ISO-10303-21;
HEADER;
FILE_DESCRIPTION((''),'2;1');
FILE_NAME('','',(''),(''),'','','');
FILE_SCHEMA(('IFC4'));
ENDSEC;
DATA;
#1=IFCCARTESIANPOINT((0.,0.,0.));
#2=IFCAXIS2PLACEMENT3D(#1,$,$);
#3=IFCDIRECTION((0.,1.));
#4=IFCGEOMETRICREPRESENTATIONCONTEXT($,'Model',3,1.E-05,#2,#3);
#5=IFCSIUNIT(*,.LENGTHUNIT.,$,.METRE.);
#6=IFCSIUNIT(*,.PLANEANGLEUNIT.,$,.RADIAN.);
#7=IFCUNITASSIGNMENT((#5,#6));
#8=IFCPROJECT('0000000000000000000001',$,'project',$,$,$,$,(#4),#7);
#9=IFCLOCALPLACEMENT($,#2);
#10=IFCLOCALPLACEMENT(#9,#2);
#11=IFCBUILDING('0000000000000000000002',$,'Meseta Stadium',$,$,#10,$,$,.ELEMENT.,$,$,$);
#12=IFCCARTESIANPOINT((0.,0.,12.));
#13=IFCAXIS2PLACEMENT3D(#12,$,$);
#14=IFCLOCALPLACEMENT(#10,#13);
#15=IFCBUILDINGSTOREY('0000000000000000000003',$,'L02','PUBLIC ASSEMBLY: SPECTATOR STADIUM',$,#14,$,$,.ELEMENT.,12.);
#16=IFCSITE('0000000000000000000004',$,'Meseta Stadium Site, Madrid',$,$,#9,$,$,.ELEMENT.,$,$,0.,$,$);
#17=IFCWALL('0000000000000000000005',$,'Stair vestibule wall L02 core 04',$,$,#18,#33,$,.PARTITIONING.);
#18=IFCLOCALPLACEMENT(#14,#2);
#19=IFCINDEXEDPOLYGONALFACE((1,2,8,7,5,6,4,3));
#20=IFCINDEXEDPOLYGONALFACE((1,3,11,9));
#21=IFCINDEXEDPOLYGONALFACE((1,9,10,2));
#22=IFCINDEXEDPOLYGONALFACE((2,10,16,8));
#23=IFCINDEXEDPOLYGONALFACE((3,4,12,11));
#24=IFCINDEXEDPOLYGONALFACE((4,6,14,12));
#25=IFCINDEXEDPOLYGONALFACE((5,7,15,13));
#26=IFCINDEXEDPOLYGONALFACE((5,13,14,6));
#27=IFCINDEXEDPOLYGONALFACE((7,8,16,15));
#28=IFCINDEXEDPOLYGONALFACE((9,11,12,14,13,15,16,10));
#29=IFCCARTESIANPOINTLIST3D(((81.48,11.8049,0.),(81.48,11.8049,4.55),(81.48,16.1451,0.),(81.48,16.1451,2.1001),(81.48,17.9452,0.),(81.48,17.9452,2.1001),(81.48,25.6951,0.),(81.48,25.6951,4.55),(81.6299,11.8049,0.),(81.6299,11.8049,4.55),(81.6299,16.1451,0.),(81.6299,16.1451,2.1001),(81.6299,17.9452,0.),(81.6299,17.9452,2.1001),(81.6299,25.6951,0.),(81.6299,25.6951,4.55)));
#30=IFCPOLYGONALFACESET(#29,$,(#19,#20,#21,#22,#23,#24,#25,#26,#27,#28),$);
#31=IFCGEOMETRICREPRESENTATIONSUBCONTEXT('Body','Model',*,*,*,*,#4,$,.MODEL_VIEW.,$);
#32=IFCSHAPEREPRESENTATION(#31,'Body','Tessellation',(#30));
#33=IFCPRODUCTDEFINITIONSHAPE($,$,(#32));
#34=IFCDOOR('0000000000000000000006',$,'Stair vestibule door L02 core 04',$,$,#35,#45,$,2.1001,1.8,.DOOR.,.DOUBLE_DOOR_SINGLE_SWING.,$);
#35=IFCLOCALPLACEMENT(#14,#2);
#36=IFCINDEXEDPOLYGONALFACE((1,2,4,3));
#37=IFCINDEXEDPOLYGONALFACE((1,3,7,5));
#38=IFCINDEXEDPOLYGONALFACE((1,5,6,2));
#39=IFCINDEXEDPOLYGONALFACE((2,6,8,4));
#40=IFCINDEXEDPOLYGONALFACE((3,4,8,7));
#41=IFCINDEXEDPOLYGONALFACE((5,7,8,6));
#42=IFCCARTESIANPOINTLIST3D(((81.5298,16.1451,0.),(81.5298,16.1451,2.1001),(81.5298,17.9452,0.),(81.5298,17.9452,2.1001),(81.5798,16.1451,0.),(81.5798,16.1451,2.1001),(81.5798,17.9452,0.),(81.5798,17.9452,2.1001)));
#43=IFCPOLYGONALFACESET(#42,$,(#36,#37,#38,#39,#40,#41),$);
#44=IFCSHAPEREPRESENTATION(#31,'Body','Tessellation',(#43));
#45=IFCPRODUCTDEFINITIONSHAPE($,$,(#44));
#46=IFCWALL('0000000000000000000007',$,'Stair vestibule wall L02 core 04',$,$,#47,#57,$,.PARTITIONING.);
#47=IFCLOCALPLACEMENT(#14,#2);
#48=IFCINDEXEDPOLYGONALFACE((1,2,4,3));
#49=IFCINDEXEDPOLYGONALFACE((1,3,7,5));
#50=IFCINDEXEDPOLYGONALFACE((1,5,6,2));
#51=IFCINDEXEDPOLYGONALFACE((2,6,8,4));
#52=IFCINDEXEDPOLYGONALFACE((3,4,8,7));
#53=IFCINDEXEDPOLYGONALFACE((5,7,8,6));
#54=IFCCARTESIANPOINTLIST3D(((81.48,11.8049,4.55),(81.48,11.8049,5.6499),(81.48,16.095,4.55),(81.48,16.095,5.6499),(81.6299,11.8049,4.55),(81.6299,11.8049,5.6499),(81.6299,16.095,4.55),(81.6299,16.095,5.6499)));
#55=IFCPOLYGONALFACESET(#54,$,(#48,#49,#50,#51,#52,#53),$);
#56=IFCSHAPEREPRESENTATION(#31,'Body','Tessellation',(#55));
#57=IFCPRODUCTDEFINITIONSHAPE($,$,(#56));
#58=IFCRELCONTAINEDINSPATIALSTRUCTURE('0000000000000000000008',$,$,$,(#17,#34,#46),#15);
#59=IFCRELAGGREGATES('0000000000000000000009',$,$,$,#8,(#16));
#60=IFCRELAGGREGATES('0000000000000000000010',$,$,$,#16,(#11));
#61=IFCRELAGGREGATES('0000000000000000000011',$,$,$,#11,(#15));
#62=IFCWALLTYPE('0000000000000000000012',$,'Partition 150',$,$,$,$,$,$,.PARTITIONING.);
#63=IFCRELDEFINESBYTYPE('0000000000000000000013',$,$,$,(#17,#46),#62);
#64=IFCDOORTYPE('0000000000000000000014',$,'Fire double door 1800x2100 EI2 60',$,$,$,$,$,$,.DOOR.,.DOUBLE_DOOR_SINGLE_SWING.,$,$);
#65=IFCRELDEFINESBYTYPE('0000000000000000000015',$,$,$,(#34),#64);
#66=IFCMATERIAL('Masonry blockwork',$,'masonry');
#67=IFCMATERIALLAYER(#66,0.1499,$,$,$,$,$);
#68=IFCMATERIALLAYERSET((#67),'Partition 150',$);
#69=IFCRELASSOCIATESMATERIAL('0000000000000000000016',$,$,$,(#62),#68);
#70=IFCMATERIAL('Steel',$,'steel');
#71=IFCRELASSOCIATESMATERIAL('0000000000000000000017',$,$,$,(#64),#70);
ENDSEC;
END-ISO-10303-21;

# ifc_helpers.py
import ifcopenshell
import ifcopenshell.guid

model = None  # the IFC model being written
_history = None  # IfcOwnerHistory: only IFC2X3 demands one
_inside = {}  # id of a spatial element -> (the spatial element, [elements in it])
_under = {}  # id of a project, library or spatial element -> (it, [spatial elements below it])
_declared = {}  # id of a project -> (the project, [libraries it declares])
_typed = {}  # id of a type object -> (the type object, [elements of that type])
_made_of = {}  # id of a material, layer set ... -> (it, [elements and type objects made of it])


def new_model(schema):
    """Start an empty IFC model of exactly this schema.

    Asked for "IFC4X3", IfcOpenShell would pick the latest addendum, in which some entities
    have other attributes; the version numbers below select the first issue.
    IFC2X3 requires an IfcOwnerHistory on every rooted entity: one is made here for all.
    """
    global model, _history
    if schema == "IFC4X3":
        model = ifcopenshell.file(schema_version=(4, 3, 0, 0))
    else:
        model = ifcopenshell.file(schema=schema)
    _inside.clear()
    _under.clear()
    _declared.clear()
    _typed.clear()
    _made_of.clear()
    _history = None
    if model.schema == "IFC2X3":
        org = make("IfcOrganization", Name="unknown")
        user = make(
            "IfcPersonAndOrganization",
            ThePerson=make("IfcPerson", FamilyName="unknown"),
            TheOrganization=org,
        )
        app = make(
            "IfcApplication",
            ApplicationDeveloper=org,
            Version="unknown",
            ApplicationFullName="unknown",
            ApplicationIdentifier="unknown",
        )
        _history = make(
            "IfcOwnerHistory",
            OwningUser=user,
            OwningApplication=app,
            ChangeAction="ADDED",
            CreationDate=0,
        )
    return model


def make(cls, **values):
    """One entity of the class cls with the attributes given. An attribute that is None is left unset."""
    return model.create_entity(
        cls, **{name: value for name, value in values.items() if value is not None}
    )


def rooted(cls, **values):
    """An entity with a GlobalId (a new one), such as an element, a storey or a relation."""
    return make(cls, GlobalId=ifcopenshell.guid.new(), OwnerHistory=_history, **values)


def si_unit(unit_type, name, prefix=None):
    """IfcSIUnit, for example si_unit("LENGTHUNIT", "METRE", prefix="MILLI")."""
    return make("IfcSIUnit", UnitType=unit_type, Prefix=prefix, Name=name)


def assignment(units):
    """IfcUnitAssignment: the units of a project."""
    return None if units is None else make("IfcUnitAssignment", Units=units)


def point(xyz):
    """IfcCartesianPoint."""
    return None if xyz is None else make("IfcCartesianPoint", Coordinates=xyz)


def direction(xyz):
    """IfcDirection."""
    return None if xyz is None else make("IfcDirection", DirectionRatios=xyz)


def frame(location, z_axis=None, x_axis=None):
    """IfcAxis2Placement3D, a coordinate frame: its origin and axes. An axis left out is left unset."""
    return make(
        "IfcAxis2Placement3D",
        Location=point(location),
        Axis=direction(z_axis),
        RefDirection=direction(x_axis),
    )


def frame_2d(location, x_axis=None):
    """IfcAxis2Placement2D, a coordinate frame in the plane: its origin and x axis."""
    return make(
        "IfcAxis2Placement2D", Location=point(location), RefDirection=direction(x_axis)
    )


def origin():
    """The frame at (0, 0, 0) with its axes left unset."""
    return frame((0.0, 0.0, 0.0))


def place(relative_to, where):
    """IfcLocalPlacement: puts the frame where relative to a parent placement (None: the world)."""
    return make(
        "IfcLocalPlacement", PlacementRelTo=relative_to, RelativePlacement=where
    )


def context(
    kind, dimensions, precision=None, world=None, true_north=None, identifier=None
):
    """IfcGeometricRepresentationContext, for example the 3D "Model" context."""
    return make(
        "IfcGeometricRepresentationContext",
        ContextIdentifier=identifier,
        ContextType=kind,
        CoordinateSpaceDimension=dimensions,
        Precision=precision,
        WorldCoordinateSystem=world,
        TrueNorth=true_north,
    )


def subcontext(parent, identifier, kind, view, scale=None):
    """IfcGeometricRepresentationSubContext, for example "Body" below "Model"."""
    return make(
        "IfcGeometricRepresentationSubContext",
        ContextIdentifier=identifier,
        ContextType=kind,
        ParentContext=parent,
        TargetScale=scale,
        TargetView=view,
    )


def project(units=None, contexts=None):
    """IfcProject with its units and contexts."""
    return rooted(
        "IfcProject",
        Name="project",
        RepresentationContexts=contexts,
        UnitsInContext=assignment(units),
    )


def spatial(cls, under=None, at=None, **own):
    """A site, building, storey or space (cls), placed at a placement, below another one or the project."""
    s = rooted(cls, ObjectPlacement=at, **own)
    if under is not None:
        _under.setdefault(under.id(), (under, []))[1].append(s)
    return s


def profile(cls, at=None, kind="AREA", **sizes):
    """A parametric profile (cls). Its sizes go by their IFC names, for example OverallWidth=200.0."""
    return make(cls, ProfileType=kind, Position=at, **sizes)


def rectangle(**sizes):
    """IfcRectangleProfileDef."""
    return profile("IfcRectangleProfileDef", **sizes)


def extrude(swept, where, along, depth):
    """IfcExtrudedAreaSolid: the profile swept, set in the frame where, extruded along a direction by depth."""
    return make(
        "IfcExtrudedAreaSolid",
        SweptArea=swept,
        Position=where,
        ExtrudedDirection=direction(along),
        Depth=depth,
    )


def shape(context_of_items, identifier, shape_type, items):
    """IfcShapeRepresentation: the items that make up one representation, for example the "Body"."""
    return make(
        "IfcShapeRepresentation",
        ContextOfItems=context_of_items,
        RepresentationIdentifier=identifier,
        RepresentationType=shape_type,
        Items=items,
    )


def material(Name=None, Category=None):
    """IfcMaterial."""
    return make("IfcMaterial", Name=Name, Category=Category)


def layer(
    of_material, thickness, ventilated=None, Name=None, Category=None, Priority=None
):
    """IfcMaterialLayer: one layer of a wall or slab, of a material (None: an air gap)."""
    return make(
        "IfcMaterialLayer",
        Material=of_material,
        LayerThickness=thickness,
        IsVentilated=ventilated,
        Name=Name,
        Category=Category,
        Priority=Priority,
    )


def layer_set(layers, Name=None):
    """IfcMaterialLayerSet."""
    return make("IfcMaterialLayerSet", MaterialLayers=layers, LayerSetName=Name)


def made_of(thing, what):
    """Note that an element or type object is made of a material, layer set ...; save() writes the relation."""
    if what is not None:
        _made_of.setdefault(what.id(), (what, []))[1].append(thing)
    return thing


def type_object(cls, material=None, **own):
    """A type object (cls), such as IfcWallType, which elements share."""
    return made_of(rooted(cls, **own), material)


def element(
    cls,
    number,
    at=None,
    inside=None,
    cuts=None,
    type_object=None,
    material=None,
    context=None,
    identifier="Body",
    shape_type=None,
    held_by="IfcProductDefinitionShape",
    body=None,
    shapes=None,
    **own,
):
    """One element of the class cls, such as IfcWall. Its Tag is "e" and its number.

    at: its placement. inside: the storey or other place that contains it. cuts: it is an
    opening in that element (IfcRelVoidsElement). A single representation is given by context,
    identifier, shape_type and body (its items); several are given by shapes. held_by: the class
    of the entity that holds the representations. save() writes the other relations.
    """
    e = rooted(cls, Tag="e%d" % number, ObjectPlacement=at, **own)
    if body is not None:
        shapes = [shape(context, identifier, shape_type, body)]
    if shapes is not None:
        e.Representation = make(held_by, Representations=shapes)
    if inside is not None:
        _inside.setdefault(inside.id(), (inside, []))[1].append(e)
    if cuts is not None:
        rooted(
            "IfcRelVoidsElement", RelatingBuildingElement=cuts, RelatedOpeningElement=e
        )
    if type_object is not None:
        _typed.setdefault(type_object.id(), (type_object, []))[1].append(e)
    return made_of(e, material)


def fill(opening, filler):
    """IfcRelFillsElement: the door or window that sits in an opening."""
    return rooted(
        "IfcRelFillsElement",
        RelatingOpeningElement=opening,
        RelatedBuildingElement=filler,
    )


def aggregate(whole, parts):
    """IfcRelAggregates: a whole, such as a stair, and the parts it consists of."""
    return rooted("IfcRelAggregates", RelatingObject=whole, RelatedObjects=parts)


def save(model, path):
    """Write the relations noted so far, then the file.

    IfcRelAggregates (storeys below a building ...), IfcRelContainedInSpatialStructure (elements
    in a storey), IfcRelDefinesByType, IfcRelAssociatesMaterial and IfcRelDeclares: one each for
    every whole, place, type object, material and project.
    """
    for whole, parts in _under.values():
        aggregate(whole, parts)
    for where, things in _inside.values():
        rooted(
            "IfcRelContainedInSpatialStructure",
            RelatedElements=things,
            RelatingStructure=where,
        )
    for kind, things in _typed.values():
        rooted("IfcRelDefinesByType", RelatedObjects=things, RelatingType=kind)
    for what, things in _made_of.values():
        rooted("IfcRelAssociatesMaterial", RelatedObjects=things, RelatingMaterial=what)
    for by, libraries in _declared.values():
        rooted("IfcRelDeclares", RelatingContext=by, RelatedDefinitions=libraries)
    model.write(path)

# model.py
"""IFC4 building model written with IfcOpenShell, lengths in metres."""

from ifc_helpers import new_model, si_unit, direction, frame, frame_2d, origin, place, context, subcontext, project, spatial, rectangle, extrude, material, layer, layer_set, type_object, element, fill, save


model = new_model("IFC4")

# Units and contexts
model_context = context("Model", 3, precision=1e-05, world=origin(), true_north=direction((0.0, 1.0)))
body_context = subcontext(model_context, "Body", "Model", "MODEL_VIEW")
ifc_project = project(units=[si_unit("LENGTHUNIT", "METRE"), si_unit("PLANEANGLEUNIT", "RADIAN")], contexts=[model_context])

# Site, building, storey
site_placement = place(None, origin())
site = spatial("IfcSite", under=ifc_project, at=site_placement, Name="Meseta Stadium Site, Madrid", CompositionType="ELEMENT", RefElevation=0.0)
building_placement = place(site_placement, origin())
building = spatial("IfcBuilding", under=site, at=building_placement, Name="Meseta Stadium", CompositionType="ELEMENT")
storey_placement = place(building_placement, frame((0.0, 0.0, 12.0)))
storey = spatial("IfcBuildingStorey", under=building, at=storey_placement, Name="L02", Description="PUBLIC ASSEMBLY: SPECTATOR STADIUM", CompositionType="ELEMENT", Elevation=12.0)

# Shared definitions
ifc_material_1 = material(Name="Masonry blockwork", Category="masonry")
ifc_layer_1 = layer(ifc_material_1, 0.1499)
ifc_layer_set_1 = layer_set([ifc_layer_1], Name="Partition 150")
wall_type = type_object("IfcWallType", Name="Partition 150", PredefinedType="PARTITIONING", material=ifc_layer_set_1)
ifc_material_2 = material(Name="Steel", Category="steel")
door_type = type_object("IfcDoorType", Name="Fire double door 1800x2100 EI2 60", OperationType="DOUBLE_DOOR_SINGLE_SWING", PredefinedType="DOOR", material=ifc_material_2)

# Wall, opening, door
wall_1_placement = place(storey_placement, frame((81.5549, 25.6951, 0.0), z_axis=(0.0, 0.0, 1.0), x_axis=(0.0, -1.0, 0.0)))
wall_1 = element("IfcWall", 1, at=wall_1_placement, inside=storey, type_object=wall_type, Name="Stair vestibule wall L02 core 04", PredefinedType="PARTITIONING", context=body_context, shape_type="SweptSolid", body=[
    extrude(rectangle(XDim=13.8901, YDim=0.1499, at=frame_2d((6.9451, 0.0))), origin(), (0.0, 0.0, 1.0), 4.55),
])
opening_1_placement = place(wall_1_placement, frame((7.75, 0.0, 0.0)))
opening_1 = element("IfcOpeningElement", 2, at=opening_1_placement, cuts=wall_1, PredefinedType="OPENING", context=body_context, shape_type="SweptSolid", body=[
    extrude(rectangle(XDim=1.8, YDim=2.1001, at=frame_2d((0.8999, 1.05))), frame((0.0, 0.085, 0.0), z_axis=(0.0, -1.0, 0.0), x_axis=(1.0, 0.0, 0.0)), (0.0, 0.0, 1.0), 0.1699),
])
door_1_placement = place(opening_1_placement, origin())
door_1 = element("IfcDoor", 3, at=door_1_placement, inside=storey, type_object=door_type, Name="Stair vestibule door L02 core 04", OperationType="DOUBLE_DOOR_SINGLE_SWING", OverallHeight=2.1001, OverallWidth=1.8, PredefinedType="DOOR", context=body_context, shape_type="SweptSolid", body=[
    extrude(rectangle(XDim=1.8, YDim=2.1001, at=frame_2d((0.8999, 1.05))), frame((0.0, 0.0249, 0.0), z_axis=(0.0, -1.0, 0.0), x_axis=(1.0, 0.0, 0.0)), (0.0, 0.0, 1.0), 0.05),
])
fill(opening_1, door_1)

# Wall
wall_2_placement = place(storey_placement, frame((81.5549, 16.095, 4.55), z_axis=(0.0, 0.0, 1.0), x_axis=(0.0, -1.0, 0.0)))
element("IfcWall", 4, at=wall_2_placement, inside=storey, type_object=wall_type, Name="Stair vestibule wall L02 core 04", PredefinedType="PARTITIONING", context=body_context, shape_type="SweptSolid", body=[
    extrude(rectangle(XDim=4.29, YDim=0.1499, at=frame_2d((2.145, 0.0))), origin(), (0.0, 0.0, 1.0), 1.0999),
])

save(model, "model.ifc")
